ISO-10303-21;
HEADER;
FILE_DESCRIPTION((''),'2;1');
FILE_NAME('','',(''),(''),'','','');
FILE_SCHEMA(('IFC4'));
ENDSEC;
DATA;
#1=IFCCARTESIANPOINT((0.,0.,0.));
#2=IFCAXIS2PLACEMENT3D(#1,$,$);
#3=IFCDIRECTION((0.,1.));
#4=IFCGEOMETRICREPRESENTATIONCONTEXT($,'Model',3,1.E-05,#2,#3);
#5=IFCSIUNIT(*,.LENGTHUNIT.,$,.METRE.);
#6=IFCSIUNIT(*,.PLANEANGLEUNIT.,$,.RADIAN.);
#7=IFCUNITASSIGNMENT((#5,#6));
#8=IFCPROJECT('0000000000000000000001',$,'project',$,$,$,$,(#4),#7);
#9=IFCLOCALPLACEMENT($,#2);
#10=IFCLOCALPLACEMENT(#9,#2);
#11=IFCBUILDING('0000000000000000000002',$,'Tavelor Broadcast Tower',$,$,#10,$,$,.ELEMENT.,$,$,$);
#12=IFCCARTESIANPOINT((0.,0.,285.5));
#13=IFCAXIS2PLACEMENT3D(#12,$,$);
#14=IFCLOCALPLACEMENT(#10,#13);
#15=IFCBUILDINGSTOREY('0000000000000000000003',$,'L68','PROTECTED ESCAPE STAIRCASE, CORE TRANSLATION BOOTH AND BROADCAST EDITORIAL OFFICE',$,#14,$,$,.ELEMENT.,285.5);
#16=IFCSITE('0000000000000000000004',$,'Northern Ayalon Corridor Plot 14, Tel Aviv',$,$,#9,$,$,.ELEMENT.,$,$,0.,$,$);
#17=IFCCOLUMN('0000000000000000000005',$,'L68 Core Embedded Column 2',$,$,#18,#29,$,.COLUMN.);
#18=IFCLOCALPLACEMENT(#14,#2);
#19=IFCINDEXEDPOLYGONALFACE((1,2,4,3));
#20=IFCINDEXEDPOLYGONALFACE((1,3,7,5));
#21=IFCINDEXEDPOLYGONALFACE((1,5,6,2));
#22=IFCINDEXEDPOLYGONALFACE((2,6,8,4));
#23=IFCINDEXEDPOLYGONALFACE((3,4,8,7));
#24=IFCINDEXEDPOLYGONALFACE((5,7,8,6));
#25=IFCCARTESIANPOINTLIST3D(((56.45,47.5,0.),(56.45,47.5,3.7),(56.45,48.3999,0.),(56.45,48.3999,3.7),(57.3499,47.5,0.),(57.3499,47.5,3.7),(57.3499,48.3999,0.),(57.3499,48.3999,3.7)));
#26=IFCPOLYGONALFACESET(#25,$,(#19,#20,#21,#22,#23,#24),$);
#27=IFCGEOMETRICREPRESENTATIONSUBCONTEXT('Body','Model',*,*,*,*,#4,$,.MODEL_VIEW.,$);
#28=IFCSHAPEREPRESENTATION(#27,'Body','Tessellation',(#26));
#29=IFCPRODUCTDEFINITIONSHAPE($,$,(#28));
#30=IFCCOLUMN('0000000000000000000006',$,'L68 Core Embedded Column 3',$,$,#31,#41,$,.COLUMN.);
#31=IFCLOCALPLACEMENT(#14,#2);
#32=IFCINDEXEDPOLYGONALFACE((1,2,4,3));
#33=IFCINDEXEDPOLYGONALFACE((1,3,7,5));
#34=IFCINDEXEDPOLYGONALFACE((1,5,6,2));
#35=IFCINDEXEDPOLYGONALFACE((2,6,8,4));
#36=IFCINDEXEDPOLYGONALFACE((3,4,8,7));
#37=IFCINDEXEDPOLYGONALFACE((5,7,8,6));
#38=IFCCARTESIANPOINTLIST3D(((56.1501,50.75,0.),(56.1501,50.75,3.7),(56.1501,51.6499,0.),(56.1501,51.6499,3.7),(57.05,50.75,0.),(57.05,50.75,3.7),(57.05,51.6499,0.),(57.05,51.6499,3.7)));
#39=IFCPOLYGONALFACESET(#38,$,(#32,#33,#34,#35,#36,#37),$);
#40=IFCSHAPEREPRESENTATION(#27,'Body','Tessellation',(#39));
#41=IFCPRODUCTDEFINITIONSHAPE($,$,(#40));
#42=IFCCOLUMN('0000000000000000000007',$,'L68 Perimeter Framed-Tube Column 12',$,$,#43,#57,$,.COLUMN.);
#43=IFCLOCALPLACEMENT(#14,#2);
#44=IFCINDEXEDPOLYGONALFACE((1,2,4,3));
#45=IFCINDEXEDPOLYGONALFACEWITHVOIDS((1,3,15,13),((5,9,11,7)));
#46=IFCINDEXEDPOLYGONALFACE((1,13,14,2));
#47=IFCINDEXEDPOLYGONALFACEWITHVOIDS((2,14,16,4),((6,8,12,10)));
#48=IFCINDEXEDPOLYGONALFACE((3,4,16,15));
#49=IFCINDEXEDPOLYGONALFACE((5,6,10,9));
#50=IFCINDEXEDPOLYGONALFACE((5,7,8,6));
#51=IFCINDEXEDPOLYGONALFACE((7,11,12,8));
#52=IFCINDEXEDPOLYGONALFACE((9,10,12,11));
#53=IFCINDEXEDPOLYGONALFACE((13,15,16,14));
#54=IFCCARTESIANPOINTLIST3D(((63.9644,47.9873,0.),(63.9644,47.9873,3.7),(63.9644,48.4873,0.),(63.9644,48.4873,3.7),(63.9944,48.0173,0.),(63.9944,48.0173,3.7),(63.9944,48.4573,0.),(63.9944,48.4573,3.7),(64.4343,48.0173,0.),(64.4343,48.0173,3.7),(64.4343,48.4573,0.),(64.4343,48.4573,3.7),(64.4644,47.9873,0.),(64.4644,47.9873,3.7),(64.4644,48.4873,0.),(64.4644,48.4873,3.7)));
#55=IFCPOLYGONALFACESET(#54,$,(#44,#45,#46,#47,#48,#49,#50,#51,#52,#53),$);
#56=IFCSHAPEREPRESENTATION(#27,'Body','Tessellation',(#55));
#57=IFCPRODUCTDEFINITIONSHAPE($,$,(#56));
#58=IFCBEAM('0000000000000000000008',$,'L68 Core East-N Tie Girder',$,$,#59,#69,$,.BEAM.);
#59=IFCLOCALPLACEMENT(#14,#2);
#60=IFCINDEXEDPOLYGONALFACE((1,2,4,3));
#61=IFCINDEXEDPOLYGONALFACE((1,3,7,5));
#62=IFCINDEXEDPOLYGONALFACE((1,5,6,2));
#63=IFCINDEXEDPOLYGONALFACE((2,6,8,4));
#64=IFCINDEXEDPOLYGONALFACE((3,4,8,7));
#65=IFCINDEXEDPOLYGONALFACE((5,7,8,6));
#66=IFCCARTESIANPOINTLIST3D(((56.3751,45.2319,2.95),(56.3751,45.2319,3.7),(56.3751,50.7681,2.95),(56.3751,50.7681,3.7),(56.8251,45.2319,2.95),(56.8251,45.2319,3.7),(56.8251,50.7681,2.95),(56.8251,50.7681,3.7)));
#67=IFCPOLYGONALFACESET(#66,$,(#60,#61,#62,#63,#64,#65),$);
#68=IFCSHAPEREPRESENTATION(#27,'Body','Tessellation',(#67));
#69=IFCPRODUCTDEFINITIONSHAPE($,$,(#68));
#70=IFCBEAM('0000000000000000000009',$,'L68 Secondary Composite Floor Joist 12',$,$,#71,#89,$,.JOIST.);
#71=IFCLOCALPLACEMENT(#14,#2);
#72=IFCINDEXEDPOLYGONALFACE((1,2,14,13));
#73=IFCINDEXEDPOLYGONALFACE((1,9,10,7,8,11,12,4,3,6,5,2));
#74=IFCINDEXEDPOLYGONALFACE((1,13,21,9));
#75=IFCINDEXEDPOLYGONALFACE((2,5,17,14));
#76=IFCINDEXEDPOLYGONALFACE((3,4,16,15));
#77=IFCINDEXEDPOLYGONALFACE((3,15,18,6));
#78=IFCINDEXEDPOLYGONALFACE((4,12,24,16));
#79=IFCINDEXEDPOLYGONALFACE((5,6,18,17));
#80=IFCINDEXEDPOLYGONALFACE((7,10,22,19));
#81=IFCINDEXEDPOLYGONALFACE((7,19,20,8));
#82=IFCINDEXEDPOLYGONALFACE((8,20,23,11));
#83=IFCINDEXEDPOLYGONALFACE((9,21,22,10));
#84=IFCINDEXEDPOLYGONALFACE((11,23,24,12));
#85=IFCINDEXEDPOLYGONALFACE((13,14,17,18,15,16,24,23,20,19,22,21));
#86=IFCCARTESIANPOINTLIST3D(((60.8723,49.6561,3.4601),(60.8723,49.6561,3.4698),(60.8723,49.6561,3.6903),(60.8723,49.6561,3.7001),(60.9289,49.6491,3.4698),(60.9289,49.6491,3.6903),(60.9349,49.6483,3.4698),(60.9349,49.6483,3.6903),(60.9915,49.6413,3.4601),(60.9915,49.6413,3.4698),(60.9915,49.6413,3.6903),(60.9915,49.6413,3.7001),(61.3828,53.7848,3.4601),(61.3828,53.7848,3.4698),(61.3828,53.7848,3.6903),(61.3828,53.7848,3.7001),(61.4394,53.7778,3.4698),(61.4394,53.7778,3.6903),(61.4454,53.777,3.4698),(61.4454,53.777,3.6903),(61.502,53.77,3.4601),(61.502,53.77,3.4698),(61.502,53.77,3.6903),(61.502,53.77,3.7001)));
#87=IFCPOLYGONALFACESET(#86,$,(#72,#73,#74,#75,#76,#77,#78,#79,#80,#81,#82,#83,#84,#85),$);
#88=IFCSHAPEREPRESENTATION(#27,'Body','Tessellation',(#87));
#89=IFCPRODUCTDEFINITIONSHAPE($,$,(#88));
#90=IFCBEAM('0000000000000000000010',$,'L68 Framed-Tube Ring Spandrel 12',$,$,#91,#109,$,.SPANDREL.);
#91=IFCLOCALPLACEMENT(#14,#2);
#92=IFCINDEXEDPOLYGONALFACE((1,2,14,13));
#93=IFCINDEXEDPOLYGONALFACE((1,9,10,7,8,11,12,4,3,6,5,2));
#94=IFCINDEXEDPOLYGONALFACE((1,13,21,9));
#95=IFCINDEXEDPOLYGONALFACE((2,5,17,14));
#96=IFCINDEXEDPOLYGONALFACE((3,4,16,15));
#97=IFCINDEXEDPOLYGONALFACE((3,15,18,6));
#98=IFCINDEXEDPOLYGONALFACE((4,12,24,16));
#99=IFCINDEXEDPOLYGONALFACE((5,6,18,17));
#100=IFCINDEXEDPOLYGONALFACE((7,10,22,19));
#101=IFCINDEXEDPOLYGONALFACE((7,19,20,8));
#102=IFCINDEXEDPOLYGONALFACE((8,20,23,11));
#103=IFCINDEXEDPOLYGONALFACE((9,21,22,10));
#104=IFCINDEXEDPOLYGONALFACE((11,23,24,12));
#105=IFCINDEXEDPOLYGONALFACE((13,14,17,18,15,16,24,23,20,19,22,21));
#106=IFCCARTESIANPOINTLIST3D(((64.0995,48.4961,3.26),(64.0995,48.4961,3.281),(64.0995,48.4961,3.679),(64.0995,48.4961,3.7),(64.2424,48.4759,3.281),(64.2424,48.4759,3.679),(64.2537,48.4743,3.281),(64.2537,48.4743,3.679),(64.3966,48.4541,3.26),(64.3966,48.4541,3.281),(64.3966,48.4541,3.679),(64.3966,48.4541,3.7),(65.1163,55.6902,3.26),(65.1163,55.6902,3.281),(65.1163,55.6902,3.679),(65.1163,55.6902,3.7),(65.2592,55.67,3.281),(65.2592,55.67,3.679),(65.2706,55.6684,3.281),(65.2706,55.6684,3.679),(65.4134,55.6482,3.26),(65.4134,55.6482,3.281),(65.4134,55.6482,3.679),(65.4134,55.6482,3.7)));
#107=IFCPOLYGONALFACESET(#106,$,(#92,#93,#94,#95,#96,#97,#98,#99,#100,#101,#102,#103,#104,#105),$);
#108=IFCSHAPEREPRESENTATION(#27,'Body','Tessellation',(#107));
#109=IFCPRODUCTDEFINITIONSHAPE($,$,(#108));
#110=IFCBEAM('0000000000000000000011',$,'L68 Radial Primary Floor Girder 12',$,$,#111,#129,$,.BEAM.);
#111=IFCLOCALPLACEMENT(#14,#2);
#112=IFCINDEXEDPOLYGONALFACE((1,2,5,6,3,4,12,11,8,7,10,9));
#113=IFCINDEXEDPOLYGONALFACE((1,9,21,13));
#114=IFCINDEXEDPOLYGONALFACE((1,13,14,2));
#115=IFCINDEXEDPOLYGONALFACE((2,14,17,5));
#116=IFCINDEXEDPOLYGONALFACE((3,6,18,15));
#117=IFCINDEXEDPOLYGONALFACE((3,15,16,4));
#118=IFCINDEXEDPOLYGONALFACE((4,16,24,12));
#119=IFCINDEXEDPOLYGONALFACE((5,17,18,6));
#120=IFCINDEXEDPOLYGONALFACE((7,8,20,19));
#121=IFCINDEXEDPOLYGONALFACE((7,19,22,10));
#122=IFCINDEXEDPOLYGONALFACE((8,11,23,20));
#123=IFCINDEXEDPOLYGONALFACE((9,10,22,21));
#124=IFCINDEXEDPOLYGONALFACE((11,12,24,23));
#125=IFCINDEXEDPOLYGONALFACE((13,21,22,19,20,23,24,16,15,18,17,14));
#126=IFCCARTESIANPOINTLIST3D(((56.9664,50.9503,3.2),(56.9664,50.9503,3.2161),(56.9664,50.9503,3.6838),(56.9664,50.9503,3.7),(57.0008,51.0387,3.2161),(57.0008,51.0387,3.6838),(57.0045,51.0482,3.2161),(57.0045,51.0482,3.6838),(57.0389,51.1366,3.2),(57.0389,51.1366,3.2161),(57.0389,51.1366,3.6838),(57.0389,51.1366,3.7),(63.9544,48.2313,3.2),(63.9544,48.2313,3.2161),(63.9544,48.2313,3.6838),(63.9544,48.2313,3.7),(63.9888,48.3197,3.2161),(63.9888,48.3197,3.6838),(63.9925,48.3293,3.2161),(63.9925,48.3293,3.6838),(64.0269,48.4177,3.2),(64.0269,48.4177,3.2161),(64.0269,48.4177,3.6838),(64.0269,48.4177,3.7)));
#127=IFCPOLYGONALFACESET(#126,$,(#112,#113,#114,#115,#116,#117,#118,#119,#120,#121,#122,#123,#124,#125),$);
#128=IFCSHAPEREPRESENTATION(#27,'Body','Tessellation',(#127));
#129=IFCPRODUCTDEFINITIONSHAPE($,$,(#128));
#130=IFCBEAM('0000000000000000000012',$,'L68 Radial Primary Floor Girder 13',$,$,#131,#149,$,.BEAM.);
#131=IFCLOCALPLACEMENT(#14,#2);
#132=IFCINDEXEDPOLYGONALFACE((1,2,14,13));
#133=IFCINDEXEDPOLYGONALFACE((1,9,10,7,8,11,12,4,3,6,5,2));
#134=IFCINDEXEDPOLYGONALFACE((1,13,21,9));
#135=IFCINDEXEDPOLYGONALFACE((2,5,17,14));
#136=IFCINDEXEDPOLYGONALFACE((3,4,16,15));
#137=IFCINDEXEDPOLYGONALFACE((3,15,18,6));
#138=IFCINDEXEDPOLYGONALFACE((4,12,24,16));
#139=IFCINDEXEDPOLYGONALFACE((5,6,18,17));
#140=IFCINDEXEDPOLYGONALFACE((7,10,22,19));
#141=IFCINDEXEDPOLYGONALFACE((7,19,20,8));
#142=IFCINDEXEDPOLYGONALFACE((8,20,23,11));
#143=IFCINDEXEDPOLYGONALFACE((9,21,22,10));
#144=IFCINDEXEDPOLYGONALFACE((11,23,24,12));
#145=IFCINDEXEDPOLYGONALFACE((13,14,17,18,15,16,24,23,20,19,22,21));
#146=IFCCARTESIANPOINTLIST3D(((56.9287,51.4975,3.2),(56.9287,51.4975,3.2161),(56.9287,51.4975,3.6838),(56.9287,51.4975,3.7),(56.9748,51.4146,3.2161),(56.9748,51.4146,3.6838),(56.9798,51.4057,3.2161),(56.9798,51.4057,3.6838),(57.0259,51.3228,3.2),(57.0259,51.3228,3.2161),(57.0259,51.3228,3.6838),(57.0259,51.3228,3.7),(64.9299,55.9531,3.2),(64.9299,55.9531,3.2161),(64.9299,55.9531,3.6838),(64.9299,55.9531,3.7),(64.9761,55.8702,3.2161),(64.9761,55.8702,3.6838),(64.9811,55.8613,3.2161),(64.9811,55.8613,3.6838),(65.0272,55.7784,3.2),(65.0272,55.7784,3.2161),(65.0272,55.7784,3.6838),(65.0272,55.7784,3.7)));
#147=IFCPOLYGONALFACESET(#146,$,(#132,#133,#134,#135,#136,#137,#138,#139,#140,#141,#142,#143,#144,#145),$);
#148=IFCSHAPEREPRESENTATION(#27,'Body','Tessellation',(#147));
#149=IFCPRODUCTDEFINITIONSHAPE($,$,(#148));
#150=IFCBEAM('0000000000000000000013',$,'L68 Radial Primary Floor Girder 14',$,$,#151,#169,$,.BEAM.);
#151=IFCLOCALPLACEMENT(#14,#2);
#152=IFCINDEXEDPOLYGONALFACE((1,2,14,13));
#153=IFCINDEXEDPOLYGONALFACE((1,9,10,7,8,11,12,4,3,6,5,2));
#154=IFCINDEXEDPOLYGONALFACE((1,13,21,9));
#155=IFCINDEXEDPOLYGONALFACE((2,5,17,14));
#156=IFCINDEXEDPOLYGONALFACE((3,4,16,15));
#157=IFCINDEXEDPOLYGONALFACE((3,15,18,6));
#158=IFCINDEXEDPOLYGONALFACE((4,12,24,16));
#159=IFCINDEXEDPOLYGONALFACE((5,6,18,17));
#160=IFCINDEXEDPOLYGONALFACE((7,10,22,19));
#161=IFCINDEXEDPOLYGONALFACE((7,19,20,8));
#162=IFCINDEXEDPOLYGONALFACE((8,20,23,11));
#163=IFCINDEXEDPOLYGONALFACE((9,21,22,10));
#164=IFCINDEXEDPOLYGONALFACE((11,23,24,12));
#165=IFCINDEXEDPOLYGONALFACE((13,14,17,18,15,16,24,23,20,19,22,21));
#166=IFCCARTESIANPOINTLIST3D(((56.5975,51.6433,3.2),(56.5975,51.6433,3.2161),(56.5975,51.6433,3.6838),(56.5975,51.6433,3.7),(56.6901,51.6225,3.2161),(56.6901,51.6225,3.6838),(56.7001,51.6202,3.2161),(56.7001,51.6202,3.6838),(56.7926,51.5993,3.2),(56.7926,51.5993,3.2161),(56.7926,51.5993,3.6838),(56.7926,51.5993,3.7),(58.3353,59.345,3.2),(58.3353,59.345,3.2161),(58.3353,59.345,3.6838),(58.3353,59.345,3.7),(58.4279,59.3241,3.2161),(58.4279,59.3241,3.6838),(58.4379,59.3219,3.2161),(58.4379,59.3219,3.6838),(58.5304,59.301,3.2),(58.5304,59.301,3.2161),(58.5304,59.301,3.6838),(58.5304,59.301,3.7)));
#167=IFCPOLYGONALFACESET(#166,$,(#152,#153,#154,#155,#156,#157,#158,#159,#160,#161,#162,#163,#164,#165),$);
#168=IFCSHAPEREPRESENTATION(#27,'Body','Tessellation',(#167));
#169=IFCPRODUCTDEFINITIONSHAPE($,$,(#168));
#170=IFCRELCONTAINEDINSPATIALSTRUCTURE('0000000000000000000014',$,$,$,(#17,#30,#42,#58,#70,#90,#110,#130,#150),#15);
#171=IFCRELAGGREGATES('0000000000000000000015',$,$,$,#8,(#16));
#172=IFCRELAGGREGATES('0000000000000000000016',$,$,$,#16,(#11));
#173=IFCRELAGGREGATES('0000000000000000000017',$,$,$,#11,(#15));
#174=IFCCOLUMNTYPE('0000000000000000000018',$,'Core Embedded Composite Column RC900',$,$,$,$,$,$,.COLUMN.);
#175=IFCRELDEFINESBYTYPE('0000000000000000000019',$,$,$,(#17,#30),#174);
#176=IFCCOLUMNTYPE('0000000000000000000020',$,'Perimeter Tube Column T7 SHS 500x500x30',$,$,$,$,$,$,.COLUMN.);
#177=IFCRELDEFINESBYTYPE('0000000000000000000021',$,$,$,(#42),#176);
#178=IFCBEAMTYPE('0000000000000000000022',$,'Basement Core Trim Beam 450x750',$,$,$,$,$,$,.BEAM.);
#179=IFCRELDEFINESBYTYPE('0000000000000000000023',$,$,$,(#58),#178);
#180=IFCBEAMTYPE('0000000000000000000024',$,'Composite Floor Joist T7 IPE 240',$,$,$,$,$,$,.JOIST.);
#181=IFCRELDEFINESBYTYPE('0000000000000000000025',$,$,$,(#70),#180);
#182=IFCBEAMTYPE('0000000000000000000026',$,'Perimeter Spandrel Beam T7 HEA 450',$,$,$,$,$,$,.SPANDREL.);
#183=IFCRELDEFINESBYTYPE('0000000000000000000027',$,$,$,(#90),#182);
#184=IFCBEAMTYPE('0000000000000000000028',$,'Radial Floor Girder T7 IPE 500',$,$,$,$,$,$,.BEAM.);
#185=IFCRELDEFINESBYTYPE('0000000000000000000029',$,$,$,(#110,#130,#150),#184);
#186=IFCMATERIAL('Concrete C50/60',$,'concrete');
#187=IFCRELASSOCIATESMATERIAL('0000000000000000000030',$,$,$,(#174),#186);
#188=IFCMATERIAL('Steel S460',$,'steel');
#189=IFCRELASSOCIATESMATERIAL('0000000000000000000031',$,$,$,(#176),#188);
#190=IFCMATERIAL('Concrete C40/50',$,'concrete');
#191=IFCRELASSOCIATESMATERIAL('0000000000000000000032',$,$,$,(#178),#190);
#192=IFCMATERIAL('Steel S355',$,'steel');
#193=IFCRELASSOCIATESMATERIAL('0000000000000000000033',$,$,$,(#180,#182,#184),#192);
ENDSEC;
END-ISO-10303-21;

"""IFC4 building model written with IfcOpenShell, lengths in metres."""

from ifc_helpers import new_model, si_unit, direction, frame, origin, origin_2d, place, context, subcontext, project, spatial, rectangle, hollow_rectangle, i_section, extrude, material, material_profile, profile_set, type_object, element, save


model = new_model("IFC4")

# Units and contexts
model_context = context("Model", 3, precision=1e-05, world=origin(), true_north=direction((0.0, 1.0)))
body_context = subcontext(model_context, "Body", "Model", "MODEL_VIEW")
ifc_project = project(units=[si_unit("LENGTHUNIT", "METRE"), si_unit("PLANEANGLEUNIT", "RADIAN")], contexts=[model_context])

# Site, building, storey
site_placement = place(None, origin())
site = spatial("IfcSite", under=ifc_project, at=site_placement, Name="Northern Ayalon Corridor Plot 14, Tel Aviv", CompositionType="ELEMENT", RefElevation=0.0)
building_placement = place(site_placement, origin())
building = spatial("IfcBuilding", under=site, at=building_placement, Name="Tavelor Broadcast Tower", CompositionType="ELEMENT")
storey_placement = place(building_placement, frame((0.0, 0.0, 285.5)))
storey = spatial("IfcBuildingStorey", under=building, at=storey_placement, Name="L68", Description="PROTECTED ESCAPE STAIRCASE, CORE TRANSLATION BOOTH AND BROADCAST EDITORIAL OFFICE", CompositionType="ELEMENT", Elevation=285.5)

# Columns
ifc_material_1 = material(Name="Concrete C50/60", Category="concrete")
ifc_material_profile_1 = material_profile(ifc_material_1, rectangle(XDim=0.8999, YDim=0.8999, at=origin_2d()), Name="RC 900x900")
ifc_profile_set_1 = profile_set([ifc_material_profile_1], Name="Concrete C50/60")
column_type_1 = type_object("IfcColumnType", Name="Core Embedded Composite Column RC900", PredefinedType="COLUMN", material=ifc_profile_set_1)
for number, where, z_axis, x_axis, name in (
    (1, (56.8999, 47.95, 0.0), (0.0, 0.0, 1.0), (1.0, 0.0, 0.0), "L68 Core Embedded Column 2"),
    (2, (56.6001, 51.2, 0.0), (0.0, 0.0, 1.0), (1.0, 0.0, 0.0), "L68 Core Embedded Column 3"),
):
    element("IfcColumn", number, at=place(storey_placement, frame(where, z_axis=z_axis, x_axis=x_axis)), inside=storey, type_object=column_type_1, Name=name, PredefinedType="COLUMN", context=body_context, shape_type="SweptSolid", body=[
        extrude(rectangle(XDim=0.8999, YDim=0.8999, at=origin_2d()), origin(), (0.0, 0.0, 1.0), 3.7),
    ])
ifc_material_2 = material(Name="Steel S460", Category="steel")
ifc_material_profile_2 = material_profile(ifc_material_2, hollow_rectangle(XDim=0.5, YDim=0.5, WallThickness=0.03, at=origin_2d()), Name="SHS 500x500x30")
ifc_profile_set_2 = profile_set([ifc_material_profile_2], Name="Steel S460")
column_type_2 = type_object("IfcColumnType", Name="Perimeter Tube Column T7 SHS 500x500x30", PredefinedType="COLUMN", material=ifc_profile_set_2)
column_placement = place(storey_placement, frame((64.2144, 48.2373, 0.0), z_axis=(0.0, 0.0, 1.0), x_axis=(1.0, 0.0, 0.0)))
element("IfcColumn", 3, at=column_placement, inside=storey, type_object=column_type_2, Name="L68 Perimeter Framed-Tube Column 12", PredefinedType="COLUMN", context=body_context, shape_type="SweptSolid", body=[
    extrude(hollow_rectangle(XDim=0.5, YDim=0.5, WallThickness=0.03, at=origin_2d()), origin(), (0.0, 0.0, 1.0), 3.7),
])

# Beams
ifc_material_3 = material(Name="Concrete C40/50", Category="concrete")
ifc_material_profile_3 = material_profile(ifc_material_3, rectangle(XDim=0.45, YDim=0.75, at=origin_2d()), Name="RC 450x750")
ifc_profile_set_3 = profile_set([ifc_material_profile_3], Name="Concrete C40/50")
beam_type_1 = type_object("IfcBeamType", Name="Basement Core Trim Beam 450x750", PredefinedType="BEAM", material=ifc_profile_set_3)
beam_1_placement = place(storey_placement, frame((56.6001, 45.2319, 3.325), z_axis=(0.0, 1.0, 0.0), x_axis=(-1.0, 0.0, 0.0)))
element("IfcBeam", 4, at=beam_1_placement, inside=storey, type_object=beam_type_1, Name="L68 Core East-N Tie Girder", PredefinedType="BEAM", context=body_context, shape_type="SweptSolid", body=[
    extrude(rectangle(XDim=0.45, YDim=0.75, at=origin_2d()), origin(), (0.0, 0.0, 1.0), 5.5361),
])
ifc_material_4 = material(Name="Steel S355", Category="steel")
ifc_material_profile_4 = material_profile(ifc_material_4, i_section(OverallWidth=0.1201, OverallDepth=0.24, WebThickness=0.0061, FlangeThickness=0.0098, at=origin_2d()), Name="IPE 240")
ifc_profile_set_4 = profile_set([ifc_material_profile_4], Name="Steel S355")
beam_type_2 = type_object("IfcBeamType", Name="Composite Floor Joist T7 IPE 240", PredefinedType="JOIST", material=ifc_profile_set_4)
beam_2_placement = place(storey_placement, frame((60.9319, 49.6487, 3.5801), z_axis=(0.122713, 0.992442, 0.0), x_axis=(-0.992442, 0.122713, 0.0)))
element("IfcBeam", 5, at=beam_2_placement, inside=storey, type_object=beam_type_2, Name="L68 Secondary Composite Floor Joist 12", PredefinedType="JOIST", context=body_context, shape_type="SweptSolid", body=[
    extrude(i_section(OverallWidth=0.1201, OverallDepth=0.24, WebThickness=0.0061, FlangeThickness=0.0098, at=origin_2d()), origin(), (0.0, 0.0, 1.0), 4.1602),
])
ifc_material_profile_5 = material_profile(ifc_material_4, i_section(OverallWidth=0.3, OverallDepth=0.4399, WebThickness=0.0115, FlangeThickness=0.021, at=origin_2d()), Name="HEA 450")
ifc_profile_set_5 = profile_set([ifc_material_profile_5], Name="Steel S355")
beam_type_3 = type_object("IfcBeamType", Name="Perimeter Spandrel Beam T7 HEA 450", PredefinedType="SPANDREL", material=ifc_profile_set_5)
beam_3_placement = place(storey_placement, frame((64.248, 48.4751, 3.48), z_axis=(0.139953, 0.990158, 0.0), x_axis=(-0.990158, 0.139953, 0.0)))
element("IfcBeam", 6, at=beam_3_placement, inside=storey, type_object=beam_type_3, Name="L68 Framed-Tube Ring Spandrel 12", PredefinedType="SPANDREL", context=body_context, shape_type="SweptSolid", body=[
    extrude(i_section(OverallWidth=0.3, OverallDepth=0.4399, WebThickness=0.0115, FlangeThickness=0.021, at=origin_2d()), origin(), (0.0, 0.0, 1.0), 7.2656),
])
ifc_material_profile_6 = material_profile(ifc_material_4, i_section(OverallWidth=0.2, OverallDepth=0.5, WebThickness=0.0103, FlangeThickness=0.0161, at=origin_2d()), Name="IPE 500")
ifc_profile_set_6 = profile_set([ifc_material_profile_6], Name="Steel S355")
beam_type_4 = type_object("IfcBeamType", Name="Radial Floor Girder T7 IPE 500", PredefinedType="BEAM", material=ifc_profile_set_6)
beam_4_placement = place(storey_placement, frame((57.0027, 51.0435, 3.45), z_axis=(0.93194, -0.362611, 0.0), x_axis=(0.362611, 0.93194, 0.0)))
element("IfcBeam", 7, at=beam_4_placement, inside=storey, type_object=beam_type_4, Name="L68 Radial Primary Floor Girder 12", PredefinedType="BEAM", context=body_context, shape_type="SweptSolid", body=[
    extrude(i_section(OverallWidth=0.2, OverallDepth=0.5, WebThickness=0.0103, FlangeThickness=0.0161, at=origin_2d()), origin(), (0.0, 0.0, 1.0), 7.4983),
])
beam_5_placement = place(storey_placement, frame((56.9773, 51.4102, 3.45), z_axis=(0.873673, 0.486514, 0.0), x_axis=(-0.486514, 0.873673, 0.0)))
element("IfcBeam", 8, at=beam_5_placement, inside=storey, type_object=beam_type_4, Name="L68 Radial Primary Floor Girder 13", PredefinedType="BEAM", context=body_context, shape_type="SweptSolid", body=[
    extrude(i_section(OverallWidth=0.2, OverallDepth=0.5, WebThickness=0.0103, FlangeThickness=0.0161, at=origin_2d()), origin(), (0.0, 0.0, 1.0), 9.1582),
])
beam_6_placement = place(storey_placement, frame((56.6951, 51.6213, 3.45), z_axis=(0.220105, 0.975476, 0.0), x_axis=(-0.975476, 0.220105, 0.0)))
element("IfcBeam", 9, at=beam_6_placement, inside=storey, type_object=beam_type_4, Name="L68 Radial Primary Floor Girder 14", PredefinedType="BEAM", context=body_context, shape_type="SweptSolid", body=[
    extrude(i_section(OverallWidth=0.2, OverallDepth=0.5, WebThickness=0.0103, FlangeThickness=0.0161, at=origin_2d()), origin(), (0.0, 0.0, 1.0), 7.8953),
])

save(model, "model.ifc")
